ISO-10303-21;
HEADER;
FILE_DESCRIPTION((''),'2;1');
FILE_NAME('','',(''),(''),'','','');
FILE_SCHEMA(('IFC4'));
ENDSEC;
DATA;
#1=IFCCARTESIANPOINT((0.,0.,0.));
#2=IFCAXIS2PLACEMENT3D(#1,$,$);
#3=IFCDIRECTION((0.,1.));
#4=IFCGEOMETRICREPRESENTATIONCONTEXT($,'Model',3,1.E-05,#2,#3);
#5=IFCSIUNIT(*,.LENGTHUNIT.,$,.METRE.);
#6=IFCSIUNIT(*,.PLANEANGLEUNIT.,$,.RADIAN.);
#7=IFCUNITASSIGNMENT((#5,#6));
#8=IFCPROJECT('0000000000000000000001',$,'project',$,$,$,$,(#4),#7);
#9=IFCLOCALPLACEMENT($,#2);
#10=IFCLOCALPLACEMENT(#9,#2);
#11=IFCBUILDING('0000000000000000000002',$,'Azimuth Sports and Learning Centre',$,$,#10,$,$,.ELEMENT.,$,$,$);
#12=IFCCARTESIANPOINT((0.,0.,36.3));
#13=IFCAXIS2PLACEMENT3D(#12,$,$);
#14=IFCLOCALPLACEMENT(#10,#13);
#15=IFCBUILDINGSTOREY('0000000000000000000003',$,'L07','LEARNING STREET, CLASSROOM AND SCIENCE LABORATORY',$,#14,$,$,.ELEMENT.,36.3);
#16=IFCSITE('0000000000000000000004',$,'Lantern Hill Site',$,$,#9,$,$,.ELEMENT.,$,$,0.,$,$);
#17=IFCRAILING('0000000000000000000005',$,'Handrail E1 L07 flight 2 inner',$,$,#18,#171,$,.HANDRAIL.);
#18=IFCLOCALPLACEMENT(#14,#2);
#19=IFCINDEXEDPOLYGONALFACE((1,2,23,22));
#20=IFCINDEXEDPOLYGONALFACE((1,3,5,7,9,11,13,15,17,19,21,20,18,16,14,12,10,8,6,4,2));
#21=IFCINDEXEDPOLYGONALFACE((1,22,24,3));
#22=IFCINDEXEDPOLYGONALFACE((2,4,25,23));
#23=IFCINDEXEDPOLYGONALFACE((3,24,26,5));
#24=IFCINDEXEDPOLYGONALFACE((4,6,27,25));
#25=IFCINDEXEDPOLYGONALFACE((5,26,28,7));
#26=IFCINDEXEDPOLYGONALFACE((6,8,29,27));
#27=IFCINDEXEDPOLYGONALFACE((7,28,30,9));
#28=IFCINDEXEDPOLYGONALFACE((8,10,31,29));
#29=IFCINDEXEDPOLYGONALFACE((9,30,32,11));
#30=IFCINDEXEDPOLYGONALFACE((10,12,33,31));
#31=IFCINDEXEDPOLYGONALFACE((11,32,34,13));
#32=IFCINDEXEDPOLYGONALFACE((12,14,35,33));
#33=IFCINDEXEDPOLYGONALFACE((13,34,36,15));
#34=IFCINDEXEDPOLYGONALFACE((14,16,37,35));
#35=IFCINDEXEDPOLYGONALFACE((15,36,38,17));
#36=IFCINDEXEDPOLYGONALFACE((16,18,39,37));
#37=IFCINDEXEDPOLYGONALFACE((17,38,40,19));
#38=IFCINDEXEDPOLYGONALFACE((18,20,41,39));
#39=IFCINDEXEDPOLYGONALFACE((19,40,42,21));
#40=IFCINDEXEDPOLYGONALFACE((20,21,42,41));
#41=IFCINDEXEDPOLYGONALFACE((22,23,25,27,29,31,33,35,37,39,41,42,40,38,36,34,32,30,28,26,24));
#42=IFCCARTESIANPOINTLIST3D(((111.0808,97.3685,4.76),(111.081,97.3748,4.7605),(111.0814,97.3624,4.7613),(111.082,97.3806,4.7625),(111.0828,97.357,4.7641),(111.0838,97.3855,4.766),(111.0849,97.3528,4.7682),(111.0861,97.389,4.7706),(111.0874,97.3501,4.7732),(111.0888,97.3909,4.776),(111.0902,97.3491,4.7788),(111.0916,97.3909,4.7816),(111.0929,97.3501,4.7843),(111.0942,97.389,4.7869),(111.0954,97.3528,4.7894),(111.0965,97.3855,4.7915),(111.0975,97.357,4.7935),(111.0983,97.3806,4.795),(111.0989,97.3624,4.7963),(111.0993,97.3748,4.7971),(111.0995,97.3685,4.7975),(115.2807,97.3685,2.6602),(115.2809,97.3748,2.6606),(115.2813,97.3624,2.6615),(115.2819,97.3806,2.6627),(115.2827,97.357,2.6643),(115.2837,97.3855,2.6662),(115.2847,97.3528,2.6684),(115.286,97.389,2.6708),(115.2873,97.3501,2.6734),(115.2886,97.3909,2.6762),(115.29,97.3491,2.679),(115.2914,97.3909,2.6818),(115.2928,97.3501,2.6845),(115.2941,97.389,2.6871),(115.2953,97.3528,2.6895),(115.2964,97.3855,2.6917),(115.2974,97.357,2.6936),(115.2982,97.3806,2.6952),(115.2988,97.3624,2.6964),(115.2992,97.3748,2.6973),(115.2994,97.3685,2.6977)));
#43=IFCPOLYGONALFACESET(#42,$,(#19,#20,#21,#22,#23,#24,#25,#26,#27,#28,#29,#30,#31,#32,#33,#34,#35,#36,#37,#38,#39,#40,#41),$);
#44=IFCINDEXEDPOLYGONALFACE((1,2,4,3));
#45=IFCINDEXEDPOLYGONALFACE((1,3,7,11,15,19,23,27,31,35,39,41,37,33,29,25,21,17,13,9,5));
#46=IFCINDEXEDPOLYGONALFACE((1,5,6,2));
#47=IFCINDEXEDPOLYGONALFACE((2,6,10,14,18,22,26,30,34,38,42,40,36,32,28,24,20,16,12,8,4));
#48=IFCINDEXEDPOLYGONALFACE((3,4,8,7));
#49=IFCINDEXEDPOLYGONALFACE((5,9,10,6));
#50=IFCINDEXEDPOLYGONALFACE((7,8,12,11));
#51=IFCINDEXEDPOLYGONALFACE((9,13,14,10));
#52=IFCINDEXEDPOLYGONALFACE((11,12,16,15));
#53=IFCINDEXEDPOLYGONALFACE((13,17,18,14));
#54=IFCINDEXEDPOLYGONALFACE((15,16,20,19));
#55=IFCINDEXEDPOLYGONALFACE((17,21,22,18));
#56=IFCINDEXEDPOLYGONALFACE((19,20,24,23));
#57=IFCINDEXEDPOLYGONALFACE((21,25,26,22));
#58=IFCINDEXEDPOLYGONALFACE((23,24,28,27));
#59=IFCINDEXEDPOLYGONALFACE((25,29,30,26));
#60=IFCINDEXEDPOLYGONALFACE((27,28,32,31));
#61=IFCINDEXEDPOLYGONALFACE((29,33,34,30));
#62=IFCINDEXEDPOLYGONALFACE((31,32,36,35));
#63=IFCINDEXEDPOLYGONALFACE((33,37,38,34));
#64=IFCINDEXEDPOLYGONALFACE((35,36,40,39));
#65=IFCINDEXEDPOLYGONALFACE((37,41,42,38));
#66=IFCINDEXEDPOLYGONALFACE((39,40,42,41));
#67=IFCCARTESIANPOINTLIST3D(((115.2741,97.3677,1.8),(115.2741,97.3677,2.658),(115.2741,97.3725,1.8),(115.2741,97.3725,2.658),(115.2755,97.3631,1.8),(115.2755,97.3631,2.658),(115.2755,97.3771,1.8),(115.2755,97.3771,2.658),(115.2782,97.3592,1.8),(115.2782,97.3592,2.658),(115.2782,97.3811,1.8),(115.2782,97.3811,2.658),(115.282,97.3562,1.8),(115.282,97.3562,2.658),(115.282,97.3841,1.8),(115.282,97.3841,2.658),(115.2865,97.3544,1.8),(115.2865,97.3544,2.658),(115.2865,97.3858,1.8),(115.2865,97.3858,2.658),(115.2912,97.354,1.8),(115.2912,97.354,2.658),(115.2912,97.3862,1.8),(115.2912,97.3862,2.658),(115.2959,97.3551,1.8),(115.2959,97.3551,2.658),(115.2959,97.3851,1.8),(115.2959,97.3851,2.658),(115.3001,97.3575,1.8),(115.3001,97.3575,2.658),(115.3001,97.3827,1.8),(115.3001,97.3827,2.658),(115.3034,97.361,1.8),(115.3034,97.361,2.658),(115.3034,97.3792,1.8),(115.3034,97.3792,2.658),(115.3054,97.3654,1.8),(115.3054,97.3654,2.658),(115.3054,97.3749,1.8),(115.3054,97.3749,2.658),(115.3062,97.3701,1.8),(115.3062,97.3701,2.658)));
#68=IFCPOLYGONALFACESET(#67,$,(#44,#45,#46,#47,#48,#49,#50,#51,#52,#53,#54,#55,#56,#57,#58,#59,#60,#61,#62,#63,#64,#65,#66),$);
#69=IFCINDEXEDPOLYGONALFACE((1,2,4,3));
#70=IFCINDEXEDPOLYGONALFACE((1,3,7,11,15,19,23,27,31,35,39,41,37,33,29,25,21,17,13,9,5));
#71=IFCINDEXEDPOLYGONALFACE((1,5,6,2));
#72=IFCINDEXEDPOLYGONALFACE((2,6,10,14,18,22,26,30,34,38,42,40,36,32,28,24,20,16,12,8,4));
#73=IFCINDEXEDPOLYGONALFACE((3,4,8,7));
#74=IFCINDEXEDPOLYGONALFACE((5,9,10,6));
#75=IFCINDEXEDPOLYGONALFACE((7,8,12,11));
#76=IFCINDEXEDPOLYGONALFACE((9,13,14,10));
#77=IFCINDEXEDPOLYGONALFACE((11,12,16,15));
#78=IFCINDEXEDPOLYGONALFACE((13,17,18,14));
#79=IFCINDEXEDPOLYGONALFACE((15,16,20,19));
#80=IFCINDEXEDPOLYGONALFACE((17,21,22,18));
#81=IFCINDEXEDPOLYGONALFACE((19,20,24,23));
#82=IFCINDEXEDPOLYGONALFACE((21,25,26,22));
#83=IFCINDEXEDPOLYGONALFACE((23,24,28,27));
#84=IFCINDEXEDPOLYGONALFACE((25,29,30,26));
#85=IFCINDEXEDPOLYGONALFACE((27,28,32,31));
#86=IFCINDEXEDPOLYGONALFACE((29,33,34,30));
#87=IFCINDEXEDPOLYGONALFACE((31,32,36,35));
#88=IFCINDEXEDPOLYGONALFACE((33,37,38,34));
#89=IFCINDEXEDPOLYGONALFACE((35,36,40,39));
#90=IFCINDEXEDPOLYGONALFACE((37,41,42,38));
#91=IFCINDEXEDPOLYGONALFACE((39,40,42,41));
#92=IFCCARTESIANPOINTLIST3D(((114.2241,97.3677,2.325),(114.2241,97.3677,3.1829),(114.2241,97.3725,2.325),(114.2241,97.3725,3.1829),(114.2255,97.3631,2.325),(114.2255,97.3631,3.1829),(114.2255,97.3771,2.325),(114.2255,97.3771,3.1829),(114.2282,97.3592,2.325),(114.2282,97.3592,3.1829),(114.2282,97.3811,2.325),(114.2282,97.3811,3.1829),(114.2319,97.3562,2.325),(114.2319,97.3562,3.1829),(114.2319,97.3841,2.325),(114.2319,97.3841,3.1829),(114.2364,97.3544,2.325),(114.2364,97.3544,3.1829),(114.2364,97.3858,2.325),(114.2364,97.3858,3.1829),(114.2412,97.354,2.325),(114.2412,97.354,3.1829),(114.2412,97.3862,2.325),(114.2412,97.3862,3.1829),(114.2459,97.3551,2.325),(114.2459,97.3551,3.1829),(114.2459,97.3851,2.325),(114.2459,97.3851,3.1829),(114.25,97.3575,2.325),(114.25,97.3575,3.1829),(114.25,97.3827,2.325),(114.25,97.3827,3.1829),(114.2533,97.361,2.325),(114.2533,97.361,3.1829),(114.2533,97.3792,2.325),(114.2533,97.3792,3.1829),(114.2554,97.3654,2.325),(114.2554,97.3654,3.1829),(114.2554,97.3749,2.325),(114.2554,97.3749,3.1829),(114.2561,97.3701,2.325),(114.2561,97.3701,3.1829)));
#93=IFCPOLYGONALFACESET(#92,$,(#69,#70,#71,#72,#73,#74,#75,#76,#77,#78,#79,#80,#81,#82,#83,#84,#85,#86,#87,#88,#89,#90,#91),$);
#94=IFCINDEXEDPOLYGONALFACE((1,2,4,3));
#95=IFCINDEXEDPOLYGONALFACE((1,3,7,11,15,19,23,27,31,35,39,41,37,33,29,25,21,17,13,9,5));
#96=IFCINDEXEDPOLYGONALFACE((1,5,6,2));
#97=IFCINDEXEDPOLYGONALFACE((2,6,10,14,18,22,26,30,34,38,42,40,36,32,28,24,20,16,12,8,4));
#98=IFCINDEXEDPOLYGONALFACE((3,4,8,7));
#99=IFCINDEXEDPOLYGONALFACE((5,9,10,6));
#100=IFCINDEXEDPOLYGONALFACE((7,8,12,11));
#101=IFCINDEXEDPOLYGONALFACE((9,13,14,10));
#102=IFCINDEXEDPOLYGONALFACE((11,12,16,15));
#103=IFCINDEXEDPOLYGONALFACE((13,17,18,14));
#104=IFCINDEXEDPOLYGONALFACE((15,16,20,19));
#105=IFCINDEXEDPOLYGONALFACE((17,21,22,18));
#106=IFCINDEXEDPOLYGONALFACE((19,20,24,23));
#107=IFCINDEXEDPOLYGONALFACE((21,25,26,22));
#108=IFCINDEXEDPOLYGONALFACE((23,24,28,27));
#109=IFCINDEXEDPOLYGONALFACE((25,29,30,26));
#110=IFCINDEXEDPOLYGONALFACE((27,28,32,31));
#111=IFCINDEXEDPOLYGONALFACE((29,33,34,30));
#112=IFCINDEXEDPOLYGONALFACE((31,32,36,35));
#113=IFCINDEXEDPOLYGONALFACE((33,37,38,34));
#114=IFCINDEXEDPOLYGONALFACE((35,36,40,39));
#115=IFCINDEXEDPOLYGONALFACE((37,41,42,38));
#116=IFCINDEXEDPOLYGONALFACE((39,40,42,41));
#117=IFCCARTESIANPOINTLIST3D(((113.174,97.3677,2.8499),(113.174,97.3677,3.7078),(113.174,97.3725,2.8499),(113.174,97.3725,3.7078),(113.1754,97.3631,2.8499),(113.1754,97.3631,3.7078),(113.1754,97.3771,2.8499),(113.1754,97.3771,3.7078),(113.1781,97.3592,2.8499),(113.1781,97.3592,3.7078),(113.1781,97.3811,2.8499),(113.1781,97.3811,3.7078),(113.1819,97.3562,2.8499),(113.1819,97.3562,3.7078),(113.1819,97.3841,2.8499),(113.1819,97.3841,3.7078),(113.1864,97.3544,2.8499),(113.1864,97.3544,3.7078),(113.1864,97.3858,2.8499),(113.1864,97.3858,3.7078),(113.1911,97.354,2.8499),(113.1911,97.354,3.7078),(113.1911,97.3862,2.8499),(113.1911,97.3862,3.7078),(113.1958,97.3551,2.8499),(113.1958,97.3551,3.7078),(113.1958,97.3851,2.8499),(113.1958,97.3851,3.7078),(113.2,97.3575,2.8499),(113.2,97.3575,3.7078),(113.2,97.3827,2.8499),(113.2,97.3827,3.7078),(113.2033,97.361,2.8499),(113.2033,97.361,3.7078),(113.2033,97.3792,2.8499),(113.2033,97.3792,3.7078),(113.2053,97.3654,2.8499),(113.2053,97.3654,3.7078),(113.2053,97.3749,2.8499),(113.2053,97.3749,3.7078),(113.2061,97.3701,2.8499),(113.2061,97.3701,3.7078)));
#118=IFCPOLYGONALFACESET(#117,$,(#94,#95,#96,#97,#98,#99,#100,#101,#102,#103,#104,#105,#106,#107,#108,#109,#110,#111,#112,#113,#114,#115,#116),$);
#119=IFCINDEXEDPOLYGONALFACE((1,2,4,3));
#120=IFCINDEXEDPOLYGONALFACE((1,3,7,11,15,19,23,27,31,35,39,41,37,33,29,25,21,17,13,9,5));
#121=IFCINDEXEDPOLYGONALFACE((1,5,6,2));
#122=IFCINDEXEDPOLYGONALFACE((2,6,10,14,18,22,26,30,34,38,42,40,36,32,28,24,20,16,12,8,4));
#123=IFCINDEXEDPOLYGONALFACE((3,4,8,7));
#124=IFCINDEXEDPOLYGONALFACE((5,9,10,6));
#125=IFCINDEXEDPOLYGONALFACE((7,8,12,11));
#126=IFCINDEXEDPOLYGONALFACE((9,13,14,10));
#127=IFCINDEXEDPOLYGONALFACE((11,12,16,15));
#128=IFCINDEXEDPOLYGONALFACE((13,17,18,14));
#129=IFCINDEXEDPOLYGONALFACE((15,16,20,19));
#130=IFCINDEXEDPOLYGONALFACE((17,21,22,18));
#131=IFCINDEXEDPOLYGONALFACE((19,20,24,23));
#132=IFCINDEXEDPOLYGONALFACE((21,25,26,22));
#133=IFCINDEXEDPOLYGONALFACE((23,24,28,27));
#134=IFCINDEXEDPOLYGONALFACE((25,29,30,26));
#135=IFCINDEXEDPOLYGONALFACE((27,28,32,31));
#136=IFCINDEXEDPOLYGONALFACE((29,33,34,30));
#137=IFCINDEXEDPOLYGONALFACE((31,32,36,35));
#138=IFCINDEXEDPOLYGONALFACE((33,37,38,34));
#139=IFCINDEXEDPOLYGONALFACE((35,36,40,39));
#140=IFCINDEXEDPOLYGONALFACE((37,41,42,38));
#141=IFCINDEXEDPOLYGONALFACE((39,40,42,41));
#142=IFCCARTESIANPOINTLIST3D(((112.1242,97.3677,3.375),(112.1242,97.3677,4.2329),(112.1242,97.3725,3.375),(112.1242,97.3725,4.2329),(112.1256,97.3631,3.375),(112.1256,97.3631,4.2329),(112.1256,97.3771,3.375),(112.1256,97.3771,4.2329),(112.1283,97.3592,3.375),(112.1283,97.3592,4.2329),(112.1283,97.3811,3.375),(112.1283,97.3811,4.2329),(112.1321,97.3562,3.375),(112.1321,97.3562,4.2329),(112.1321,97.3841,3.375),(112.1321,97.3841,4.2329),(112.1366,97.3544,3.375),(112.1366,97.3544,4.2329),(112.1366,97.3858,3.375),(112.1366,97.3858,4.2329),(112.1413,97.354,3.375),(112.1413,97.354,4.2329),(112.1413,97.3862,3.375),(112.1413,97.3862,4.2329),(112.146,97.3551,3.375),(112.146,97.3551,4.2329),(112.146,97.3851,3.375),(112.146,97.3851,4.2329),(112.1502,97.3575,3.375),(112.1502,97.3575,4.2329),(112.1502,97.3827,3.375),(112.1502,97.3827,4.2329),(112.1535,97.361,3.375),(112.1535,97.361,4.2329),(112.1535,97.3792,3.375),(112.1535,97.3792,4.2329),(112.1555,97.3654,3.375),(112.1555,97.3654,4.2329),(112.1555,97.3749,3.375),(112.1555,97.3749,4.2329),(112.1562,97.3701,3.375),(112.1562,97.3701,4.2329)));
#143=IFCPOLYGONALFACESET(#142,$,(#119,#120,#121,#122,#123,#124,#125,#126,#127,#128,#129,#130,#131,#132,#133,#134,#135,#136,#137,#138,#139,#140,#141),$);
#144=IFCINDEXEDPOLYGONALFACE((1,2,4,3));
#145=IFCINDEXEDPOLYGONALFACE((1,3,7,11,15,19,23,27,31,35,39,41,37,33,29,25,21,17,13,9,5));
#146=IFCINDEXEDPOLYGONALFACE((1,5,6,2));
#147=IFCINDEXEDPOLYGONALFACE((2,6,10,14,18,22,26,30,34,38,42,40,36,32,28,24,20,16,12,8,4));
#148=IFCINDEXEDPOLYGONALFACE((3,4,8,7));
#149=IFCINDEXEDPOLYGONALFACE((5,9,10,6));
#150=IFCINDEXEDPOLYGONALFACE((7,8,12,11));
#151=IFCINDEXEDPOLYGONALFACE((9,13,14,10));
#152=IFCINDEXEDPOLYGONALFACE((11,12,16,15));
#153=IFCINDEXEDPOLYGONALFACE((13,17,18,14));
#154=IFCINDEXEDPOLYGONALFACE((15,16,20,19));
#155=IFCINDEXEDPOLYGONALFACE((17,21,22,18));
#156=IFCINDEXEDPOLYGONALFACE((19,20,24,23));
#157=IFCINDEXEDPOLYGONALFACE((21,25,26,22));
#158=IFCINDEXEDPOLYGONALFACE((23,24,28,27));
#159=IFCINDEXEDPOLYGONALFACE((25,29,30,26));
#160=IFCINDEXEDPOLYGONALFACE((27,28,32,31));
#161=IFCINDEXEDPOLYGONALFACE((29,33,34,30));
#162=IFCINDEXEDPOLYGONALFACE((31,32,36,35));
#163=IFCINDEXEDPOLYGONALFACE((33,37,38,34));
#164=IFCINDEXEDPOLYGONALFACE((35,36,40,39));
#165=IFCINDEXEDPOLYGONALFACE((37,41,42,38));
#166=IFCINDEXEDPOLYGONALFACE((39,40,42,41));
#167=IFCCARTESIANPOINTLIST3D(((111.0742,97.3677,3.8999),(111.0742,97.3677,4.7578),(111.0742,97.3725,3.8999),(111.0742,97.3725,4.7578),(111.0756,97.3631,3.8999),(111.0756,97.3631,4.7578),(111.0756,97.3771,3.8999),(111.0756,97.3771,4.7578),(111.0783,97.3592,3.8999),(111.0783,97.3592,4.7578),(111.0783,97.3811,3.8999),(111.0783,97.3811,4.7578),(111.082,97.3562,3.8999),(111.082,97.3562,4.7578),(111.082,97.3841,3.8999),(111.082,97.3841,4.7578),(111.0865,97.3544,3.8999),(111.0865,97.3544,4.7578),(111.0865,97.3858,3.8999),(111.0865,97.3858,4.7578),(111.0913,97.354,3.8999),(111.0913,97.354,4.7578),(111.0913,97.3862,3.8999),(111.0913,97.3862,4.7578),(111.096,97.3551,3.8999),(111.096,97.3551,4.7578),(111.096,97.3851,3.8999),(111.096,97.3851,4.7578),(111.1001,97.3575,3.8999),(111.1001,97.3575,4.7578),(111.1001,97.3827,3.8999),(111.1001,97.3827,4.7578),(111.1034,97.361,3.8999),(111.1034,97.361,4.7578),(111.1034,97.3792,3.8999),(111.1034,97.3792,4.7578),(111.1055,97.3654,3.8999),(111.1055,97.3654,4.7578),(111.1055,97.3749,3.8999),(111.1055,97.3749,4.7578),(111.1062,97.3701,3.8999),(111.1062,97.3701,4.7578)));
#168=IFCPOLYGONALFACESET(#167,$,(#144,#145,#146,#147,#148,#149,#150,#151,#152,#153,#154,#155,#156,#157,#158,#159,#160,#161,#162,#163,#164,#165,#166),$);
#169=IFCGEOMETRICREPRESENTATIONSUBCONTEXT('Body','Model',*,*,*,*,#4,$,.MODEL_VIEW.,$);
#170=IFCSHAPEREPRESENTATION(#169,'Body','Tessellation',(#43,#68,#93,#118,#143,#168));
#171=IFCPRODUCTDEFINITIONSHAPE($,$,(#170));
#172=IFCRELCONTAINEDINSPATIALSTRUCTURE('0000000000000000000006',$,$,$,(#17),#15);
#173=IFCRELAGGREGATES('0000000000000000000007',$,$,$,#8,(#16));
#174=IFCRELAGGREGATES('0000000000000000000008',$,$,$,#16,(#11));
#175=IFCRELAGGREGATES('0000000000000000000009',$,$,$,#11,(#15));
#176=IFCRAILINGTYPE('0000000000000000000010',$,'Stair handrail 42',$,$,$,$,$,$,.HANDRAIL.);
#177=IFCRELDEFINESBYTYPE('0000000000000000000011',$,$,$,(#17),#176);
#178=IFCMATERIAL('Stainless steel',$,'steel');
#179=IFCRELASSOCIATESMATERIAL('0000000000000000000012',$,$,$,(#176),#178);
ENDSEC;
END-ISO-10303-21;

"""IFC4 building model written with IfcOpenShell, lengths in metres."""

from ifc_helpers import new_model, si_unit, direction, frame, origin, origin_2d, place, context, subcontext, project, spatial, circle, extrude, material, type_object, element, save


model = new_model("IFC4")

# Units and contexts
model_context = context("Model", 3, precision=1e-05, world=origin(), true_north=direction((0.0, 1.0)))
body_context = subcontext(model_context, "Body", "Model", "MODEL_VIEW")
ifc_project = project(units=[si_unit("LENGTHUNIT", "METRE"), si_unit("PLANEANGLEUNIT", "RADIAN")], contexts=[model_context])

# Site, building, storey
site_placement = place(None, origin())
site = spatial("IfcSite", under=ifc_project, at=site_placement, Name="Lantern Hill Site", CompositionType="ELEMENT", RefElevation=0.0)
building_placement = place(site_placement, origin())
building = spatial("IfcBuilding", under=site, at=building_placement, Name="Azimuth Sports and Learning Centre", CompositionType="ELEMENT")
storey_placement = place(building_placement, frame((0.0, 0.0, 36.3)))
storey = spatial("IfcBuildingStorey", under=building, at=storey_placement, Name="L07", Description="LEARNING STREET, CLASSROOM AND SCIENCE LABORATORY", CompositionType="ELEMENT", Elevation=36.3)

# Railing
ifc_material_1 = material(Name="Stainless steel", Category="steel")
railing_type_1 = type_object("IfcRailingType", Name="Stair handrail 42", PredefinedType="HANDRAIL", material=ifc_material_1)
for number, where, name in (
    (1, (115.29, 97.3701, 1.8), "Handrail E1 L07 flight 2 inner"),
):
    element("IfcRailing", number, at=place(storey_placement, frame(where)), inside=storey, type_object=railing_type_1, Name=name, PredefinedType="HANDRAIL", context=body_context, shape_type="SweptSolid", body=[
        extrude(circle(Radius=0.021, at=origin_2d()), frame((0.0, 0.0, 0.8789), z_axis=(-0.894438, 0.0, 0.447193), x_axis=(0.0, -1.0, 0.0)), (0.0, 0.0, 1.0), 4.6956),
        extrude(circle(Radius=0.0161, at=origin_2d()), origin(), (0.0, 0.0, 1.0), 0.8579),
        extrude(circle(Radius=0.0161, at=origin_2d()), frame((-1.05, 0.0, 0.5249)), (0.0, 0.0, 1.0), 0.8579),
        extrude(circle(Radius=0.0161, at=origin_2d()), frame((-2.1001, 0.0, 1.0498)), (0.0, 0.0, 1.0), 0.8579),
        extrude(circle(Radius=0.0161, at=origin_2d()), frame((-3.1499, 0.0, 1.575)), (0.0, 0.0, 1.0), 0.8579),
        extrude(circle(Radius=0.0161, at=origin_2d()), frame((-4.2, 0.0, 2.0999)), (0.0, 0.0, 1.0), 0.8579),
    ])

save(model, "model.ifc")
